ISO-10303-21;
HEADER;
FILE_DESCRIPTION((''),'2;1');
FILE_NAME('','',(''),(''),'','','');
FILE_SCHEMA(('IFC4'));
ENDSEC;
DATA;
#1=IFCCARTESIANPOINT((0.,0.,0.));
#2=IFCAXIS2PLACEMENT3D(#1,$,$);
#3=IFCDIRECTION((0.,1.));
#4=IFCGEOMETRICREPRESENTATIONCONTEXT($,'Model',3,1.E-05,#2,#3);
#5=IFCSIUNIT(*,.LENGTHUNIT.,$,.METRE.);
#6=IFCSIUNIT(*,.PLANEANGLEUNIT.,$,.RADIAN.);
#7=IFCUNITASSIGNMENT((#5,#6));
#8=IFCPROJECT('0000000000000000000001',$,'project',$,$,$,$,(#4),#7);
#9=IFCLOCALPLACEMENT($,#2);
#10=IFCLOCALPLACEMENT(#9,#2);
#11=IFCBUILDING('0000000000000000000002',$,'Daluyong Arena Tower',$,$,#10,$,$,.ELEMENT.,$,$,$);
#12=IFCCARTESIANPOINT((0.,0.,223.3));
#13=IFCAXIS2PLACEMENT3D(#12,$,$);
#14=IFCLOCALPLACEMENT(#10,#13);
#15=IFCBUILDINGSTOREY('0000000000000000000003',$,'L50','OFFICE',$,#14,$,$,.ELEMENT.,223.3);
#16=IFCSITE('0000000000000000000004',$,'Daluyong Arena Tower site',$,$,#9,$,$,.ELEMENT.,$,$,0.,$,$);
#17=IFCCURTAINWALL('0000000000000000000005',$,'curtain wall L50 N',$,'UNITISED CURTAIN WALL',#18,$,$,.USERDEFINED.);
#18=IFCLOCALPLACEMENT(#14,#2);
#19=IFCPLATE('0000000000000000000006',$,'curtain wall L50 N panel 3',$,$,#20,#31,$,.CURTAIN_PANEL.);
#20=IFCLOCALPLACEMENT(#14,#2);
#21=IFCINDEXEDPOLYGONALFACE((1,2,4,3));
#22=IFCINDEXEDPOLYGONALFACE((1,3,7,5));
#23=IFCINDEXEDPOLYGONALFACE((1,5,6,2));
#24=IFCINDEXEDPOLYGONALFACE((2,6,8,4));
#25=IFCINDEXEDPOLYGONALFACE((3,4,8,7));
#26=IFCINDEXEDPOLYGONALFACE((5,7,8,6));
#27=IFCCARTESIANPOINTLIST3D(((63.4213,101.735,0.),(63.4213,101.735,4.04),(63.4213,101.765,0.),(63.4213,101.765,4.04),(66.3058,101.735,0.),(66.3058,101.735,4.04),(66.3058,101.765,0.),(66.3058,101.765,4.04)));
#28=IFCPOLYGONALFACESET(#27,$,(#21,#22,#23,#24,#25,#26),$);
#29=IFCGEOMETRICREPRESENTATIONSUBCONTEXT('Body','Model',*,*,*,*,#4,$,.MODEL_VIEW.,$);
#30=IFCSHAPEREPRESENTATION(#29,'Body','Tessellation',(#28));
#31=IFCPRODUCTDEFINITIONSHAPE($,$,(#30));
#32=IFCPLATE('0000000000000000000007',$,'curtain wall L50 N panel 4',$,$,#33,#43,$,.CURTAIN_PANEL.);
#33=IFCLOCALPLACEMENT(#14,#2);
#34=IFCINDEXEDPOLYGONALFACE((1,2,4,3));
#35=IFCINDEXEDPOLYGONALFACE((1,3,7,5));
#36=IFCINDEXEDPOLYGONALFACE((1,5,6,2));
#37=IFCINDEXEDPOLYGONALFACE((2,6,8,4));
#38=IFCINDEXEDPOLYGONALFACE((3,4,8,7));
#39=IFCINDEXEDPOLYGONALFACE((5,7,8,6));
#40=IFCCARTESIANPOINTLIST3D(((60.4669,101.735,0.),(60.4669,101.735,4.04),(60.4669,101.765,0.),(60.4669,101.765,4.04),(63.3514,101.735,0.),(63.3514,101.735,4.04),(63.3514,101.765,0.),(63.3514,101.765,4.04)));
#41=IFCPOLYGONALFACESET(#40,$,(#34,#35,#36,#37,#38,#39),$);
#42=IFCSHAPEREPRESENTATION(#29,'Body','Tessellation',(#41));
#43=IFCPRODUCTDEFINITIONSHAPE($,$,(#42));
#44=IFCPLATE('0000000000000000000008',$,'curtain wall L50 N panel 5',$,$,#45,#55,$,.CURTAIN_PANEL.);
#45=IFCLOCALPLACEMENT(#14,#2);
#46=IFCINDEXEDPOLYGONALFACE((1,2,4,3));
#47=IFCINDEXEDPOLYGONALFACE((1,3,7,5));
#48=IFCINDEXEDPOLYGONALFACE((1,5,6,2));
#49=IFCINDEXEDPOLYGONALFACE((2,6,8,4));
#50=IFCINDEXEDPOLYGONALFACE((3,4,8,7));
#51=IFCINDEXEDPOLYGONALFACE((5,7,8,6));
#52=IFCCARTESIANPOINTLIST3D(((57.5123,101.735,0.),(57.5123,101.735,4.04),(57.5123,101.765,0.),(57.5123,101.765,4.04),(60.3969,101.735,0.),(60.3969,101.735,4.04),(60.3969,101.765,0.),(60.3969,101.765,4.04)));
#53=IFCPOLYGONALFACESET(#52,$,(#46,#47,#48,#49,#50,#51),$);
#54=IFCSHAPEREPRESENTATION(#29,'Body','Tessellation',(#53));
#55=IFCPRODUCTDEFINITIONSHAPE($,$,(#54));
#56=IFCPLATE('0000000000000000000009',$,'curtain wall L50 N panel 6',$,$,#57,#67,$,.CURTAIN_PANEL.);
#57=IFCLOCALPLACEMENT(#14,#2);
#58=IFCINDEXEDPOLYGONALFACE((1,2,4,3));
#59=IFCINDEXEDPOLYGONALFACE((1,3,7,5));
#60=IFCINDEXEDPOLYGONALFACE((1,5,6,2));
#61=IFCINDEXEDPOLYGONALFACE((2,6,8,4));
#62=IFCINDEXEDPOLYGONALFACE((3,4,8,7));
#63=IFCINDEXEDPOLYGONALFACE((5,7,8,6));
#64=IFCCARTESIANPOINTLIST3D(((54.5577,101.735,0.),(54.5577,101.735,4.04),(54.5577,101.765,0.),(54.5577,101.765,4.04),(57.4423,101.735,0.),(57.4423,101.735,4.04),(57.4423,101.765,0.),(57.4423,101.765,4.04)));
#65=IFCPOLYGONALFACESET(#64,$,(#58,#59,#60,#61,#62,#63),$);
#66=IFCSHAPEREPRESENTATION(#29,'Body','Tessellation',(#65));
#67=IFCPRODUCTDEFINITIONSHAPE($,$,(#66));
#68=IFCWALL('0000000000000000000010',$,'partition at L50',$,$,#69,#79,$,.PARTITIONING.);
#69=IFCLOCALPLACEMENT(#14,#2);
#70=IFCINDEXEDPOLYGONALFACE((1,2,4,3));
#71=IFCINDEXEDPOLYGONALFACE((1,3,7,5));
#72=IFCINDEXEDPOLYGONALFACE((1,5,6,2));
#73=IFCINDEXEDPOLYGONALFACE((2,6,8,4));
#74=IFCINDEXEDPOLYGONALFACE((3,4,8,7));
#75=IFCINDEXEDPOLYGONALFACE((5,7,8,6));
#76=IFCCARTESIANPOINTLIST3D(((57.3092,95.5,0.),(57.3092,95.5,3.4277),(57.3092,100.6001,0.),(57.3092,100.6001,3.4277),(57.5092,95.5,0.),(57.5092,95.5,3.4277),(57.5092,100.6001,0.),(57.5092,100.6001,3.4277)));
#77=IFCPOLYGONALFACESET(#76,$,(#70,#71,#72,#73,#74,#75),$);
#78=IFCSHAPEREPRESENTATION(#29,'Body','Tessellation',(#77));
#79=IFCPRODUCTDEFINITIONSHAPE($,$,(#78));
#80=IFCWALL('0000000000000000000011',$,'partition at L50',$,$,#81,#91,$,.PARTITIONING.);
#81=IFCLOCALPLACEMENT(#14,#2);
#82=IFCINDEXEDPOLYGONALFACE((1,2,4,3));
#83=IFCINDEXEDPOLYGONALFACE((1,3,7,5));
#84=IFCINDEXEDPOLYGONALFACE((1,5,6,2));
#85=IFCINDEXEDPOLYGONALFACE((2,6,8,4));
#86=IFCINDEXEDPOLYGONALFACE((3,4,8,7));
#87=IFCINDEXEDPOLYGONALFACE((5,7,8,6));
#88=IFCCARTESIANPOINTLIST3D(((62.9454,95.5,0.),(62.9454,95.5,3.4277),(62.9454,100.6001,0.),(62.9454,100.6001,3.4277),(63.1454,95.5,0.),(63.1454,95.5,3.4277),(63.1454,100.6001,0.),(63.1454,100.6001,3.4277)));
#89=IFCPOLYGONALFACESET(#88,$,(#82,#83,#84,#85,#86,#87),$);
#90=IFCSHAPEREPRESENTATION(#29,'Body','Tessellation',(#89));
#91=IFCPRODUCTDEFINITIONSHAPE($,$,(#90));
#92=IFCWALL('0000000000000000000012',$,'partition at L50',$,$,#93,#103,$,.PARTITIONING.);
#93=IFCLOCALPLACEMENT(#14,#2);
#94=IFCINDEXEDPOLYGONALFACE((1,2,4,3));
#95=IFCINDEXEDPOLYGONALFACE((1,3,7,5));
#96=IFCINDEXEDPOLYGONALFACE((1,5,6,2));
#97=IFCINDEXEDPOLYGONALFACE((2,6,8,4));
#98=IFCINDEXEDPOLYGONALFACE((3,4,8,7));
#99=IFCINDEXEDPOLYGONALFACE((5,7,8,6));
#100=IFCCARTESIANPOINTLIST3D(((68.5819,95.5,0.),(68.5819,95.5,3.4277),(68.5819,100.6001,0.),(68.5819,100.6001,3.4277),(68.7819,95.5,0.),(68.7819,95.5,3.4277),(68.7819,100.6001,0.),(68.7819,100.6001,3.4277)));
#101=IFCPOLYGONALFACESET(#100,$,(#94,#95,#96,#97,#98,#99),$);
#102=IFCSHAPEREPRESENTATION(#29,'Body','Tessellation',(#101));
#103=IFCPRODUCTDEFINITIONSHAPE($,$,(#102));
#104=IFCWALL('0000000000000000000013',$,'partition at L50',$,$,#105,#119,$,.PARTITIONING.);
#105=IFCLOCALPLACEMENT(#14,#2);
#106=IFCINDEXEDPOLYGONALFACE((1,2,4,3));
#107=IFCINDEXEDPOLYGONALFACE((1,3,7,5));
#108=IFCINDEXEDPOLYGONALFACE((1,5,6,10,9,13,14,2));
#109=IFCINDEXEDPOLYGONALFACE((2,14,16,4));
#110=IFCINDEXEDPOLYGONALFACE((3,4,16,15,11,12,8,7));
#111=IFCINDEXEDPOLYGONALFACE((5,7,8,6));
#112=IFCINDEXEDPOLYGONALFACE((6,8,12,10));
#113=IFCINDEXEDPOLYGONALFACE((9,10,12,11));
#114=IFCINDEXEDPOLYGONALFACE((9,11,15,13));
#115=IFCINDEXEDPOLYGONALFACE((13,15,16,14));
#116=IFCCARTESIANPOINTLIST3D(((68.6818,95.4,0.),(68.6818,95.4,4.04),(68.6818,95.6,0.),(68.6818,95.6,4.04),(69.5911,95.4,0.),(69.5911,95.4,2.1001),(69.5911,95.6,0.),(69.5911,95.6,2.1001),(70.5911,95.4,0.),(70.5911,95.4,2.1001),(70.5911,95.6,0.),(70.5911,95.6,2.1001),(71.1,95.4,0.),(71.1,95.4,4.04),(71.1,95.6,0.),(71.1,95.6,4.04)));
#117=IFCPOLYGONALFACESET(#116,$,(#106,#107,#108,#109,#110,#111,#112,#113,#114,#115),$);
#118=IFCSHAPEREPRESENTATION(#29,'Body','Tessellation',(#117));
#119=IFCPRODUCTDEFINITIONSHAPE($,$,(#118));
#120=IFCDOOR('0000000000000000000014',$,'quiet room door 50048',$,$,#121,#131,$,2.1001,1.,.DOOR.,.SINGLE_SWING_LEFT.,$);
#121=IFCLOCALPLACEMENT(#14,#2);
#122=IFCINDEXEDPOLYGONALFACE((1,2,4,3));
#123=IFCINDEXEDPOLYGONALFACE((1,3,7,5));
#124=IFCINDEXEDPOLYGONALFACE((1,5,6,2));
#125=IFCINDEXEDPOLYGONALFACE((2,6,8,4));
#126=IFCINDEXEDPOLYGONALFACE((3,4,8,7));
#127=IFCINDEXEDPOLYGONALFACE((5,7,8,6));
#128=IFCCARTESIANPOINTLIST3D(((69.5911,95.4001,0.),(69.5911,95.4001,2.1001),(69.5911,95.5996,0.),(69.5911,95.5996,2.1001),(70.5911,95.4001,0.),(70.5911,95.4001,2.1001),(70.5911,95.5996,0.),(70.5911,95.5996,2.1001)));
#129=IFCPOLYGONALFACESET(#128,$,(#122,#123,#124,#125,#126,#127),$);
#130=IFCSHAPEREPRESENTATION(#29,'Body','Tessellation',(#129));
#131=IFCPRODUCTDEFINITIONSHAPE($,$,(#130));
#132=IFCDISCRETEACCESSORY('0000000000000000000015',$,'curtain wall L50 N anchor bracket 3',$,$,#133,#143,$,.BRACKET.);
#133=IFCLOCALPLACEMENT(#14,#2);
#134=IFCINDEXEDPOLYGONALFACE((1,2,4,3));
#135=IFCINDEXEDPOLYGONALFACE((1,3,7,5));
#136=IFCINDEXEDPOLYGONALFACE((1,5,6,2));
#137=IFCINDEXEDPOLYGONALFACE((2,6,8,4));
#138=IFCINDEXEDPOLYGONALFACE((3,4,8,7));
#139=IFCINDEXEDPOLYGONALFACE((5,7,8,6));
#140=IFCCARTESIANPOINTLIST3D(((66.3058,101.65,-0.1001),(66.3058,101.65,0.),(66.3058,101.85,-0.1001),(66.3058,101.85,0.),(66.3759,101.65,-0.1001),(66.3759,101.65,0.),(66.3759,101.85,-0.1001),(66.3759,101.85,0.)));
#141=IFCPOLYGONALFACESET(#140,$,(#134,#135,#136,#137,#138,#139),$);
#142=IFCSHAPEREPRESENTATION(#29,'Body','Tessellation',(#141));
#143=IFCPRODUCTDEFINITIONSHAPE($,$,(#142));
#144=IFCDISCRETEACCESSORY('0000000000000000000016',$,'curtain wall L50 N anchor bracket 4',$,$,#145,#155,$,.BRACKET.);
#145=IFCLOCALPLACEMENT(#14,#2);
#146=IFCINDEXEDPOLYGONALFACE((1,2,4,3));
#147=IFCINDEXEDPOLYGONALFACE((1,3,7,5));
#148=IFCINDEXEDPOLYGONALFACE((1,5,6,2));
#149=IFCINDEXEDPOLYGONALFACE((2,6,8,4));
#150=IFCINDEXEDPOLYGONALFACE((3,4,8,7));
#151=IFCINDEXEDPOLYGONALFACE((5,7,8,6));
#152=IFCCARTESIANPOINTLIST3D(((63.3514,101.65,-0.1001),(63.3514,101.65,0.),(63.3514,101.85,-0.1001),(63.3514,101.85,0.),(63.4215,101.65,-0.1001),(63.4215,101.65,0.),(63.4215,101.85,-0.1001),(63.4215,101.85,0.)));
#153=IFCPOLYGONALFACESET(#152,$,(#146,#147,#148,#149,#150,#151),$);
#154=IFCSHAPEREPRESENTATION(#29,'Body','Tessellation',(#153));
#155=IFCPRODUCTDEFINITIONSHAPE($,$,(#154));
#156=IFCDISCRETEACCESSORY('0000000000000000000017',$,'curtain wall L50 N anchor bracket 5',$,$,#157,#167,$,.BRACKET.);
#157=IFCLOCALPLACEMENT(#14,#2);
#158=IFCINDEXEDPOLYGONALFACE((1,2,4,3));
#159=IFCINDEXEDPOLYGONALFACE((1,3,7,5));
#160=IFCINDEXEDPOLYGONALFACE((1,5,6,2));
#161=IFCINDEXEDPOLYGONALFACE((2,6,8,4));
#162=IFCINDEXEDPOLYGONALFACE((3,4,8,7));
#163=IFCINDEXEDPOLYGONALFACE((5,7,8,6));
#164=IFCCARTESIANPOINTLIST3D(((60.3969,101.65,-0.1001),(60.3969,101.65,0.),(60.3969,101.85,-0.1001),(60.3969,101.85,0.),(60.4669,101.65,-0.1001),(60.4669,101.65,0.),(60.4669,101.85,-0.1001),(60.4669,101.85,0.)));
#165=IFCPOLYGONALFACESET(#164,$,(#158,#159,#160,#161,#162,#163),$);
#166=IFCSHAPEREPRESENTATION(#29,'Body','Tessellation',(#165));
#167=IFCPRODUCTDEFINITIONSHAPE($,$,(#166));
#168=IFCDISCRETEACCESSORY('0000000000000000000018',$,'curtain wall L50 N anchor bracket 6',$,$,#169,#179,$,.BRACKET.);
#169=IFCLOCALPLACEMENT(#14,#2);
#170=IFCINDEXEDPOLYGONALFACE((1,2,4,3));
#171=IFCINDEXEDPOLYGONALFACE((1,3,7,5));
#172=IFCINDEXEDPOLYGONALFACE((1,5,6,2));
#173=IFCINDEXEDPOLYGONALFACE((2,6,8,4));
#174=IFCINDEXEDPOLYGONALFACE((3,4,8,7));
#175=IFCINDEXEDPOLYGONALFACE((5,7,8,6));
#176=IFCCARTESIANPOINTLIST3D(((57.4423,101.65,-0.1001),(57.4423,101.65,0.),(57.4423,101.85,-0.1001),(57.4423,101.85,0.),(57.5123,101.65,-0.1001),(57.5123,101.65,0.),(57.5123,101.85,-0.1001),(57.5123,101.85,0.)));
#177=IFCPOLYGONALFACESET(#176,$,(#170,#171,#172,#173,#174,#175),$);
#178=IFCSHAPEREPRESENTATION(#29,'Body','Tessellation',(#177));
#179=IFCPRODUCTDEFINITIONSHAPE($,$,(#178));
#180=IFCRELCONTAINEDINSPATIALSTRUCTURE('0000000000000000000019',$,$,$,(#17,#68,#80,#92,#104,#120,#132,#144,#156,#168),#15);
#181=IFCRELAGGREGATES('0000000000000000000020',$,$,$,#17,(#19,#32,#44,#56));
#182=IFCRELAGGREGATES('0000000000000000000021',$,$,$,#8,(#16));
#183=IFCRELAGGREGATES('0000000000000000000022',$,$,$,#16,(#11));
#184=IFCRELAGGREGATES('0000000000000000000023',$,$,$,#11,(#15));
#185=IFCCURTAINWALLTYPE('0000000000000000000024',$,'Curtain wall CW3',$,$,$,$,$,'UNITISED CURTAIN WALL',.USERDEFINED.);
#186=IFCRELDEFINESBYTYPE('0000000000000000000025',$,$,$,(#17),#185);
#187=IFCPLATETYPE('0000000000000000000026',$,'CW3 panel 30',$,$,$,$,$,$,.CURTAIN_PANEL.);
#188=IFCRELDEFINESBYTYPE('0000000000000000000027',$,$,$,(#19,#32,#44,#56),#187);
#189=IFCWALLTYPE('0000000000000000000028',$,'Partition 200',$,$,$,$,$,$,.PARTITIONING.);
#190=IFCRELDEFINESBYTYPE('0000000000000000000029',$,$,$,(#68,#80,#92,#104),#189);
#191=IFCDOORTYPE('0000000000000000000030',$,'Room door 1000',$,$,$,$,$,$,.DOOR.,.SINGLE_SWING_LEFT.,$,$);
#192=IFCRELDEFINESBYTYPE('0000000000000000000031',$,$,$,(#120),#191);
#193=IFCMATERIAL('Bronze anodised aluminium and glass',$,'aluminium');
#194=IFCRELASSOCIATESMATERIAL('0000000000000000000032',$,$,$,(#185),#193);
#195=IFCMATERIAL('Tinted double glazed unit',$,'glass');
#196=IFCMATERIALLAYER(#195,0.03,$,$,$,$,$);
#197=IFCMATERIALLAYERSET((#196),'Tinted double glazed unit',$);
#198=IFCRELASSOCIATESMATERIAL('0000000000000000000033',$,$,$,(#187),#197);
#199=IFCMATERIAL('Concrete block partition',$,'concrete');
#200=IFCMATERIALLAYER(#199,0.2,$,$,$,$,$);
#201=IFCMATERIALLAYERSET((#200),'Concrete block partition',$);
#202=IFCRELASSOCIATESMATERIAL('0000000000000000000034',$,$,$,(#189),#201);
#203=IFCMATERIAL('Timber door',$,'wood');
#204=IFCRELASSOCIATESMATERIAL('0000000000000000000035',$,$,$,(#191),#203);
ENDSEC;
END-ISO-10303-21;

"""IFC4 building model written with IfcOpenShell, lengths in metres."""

from ifc_helpers import new_model, si_unit, direction, frame, frame_2d, origin, origin_2d, place, context, subcontext, project, spatial, rectangle, extrude, material, layer, layer_set, type_object, element, fill, aggregate, save


model = new_model("IFC4")

# Units and contexts
model_context = context("Model", 3, precision=1e-05, world=origin(), true_north=direction((0.0, 1.0)))
body_context = subcontext(model_context, "Body", "Model", "MODEL_VIEW")
ifc_project = project(units=[si_unit("LENGTHUNIT", "METRE"), si_unit("PLANEANGLEUNIT", "RADIAN")], contexts=[model_context])

# Site, building, storey
site_placement = place(None, origin())
site = spatial("IfcSite", under=ifc_project, at=site_placement, Name="Daluyong Arena Tower site", CompositionType="ELEMENT", RefElevation=0.0)
building_placement = place(site_placement, origin())
building = spatial("IfcBuilding", under=site, at=building_placement, Name="Daluyong Arena Tower", CompositionType="ELEMENT")
storey_placement = place(building_placement, frame((0.0, 0.0, 223.3)))
storey = spatial("IfcBuildingStorey", under=building, at=storey_placement, Name="L50", Description="OFFICE", CompositionType="ELEMENT", Elevation=223.3)

# Curtain wall
ifc_material_1 = material(Name="Bronze anodised aluminium and glass", Category="aluminium")
curtain_wall_type = type_object("IfcCurtainWallType", Name="Curtain wall CW3", ElementType="UNITISED CURTAIN WALL", PredefinedType="USERDEFINED", material=ifc_material_1)
curtain_wall_placement = place(storey_placement, origin())
curtain_wall = element("IfcCurtainWall", 1, at=curtain_wall_placement, inside=storey, type_object=curtain_wall_type, Name="curtain wall L50 N", ObjectType="UNITISED CURTAIN WALL", PredefinedType="USERDEFINED")

# Plates
ifc_material_2 = material(Name="Tinted double glazed unit", Category="glass")
ifc_layer_1 = layer(ifc_material_2, 0.03)
ifc_layer_set_1 = layer_set([ifc_layer_1], Name="Tinted double glazed unit")
plate_type = type_object("IfcPlateType", Name="CW3 panel 30", PredefinedType="CURTAIN_PANEL", material=ifc_layer_set_1)
plate_1_placement = place(storey_placement, frame((64.8635, 101.75, 0.0), z_axis=(0.0, 0.0, 1.0), x_axis=(-1.0, 0.0, 0.0)))
plate_1 = element("IfcPlate", 2, at=plate_1_placement, type_object=plate_type, Name="curtain wall L50 N panel 3", PredefinedType="CURTAIN_PANEL", context=body_context, shape_type="SweptSolid", body=[
    extrude(rectangle(XDim=2.8845, YDim=0.03, at=origin_2d()), origin(), (0.0, 0.0, 1.0), 4.04),
])
plate_2_placement = place(storey_placement, frame((61.9092, 101.75, 0.0), z_axis=(0.0, 0.0, 1.0), x_axis=(-1.0, 0.0, 0.0)))
plate_2 = element("IfcPlate", 3, at=plate_2_placement, type_object=plate_type, Name="curtain wall L50 N panel 4", PredefinedType="CURTAIN_PANEL", context=body_context, shape_type="SweptSolid", body=[
    extrude(rectangle(XDim=2.8845, YDim=0.03, at=origin_2d()), origin(), (0.0, 0.0, 1.0), 4.04),
])
plate_3_placement = place(storey_placement, frame((58.9546, 101.75, 0.0), z_axis=(0.0, 0.0, 1.0), x_axis=(-1.0, 0.0, 0.0)))
plate_3 = element("IfcPlate", 4, at=plate_3_placement, type_object=plate_type, Name="curtain wall L50 N panel 5", PredefinedType="CURTAIN_PANEL", context=body_context, shape_type="SweptSolid", body=[
    extrude(rectangle(XDim=2.8845, YDim=0.03, at=origin_2d()), origin(), (0.0, 0.0, 1.0), 4.04),
])
plate_4_placement = place(storey_placement, frame((56.0, 101.75, 0.0), z_axis=(0.0, 0.0, 1.0), x_axis=(-1.0, 0.0, 0.0)))
plate_4 = element("IfcPlate", 5, at=plate_4_placement, type_object=plate_type, Name="curtain wall L50 N panel 6", PredefinedType="CURTAIN_PANEL", context=body_context, shape_type="SweptSolid", body=[
    extrude(rectangle(XDim=2.8845, YDim=0.03, at=origin_2d()), origin(), (0.0, 0.0, 1.0), 4.04),
])
aggregate(curtain_wall, [plate_1, plate_2, plate_3, plate_4])

# Walls
ifc_material_3 = material(Name="Concrete block partition", Category="concrete")
ifc_layer_2 = layer(ifc_material_3, 0.2)
ifc_layer_set_2 = layer_set([ifc_layer_2], Name="Concrete block partition")
wall_type = type_object("IfcWallType", Name="Partition 200", PredefinedType="PARTITIONING", material=ifc_layer_set_2)
for number, where, z_axis, x_axis, name in (
    (6, (57.4092, 95.5, 0.0), (0.0, 0.0, 1.0), (0.0, 1.0, 0.0), "partition at L50"),
    (7, (63.0454, 95.5, 0.0), (0.0, 0.0, 1.0), (0.0, 1.0, 0.0), "partition at L50"),
    (8, (68.6819, 95.5, 0.0), (0.0, 0.0, 1.0), (0.0, 1.0, 0.0), "partition at L50"),
):
    element("IfcWall", number, at=place(storey_placement, frame(where, z_axis=z_axis, x_axis=x_axis)), inside=storey, type_object=wall_type, Name=name, PredefinedType="PARTITIONING", context=body_context, shape_type="SweptSolid", body=[
        extrude(rectangle(XDim=5.1001, YDim=0.2, at=frame_2d((2.55, 0.0))), origin(), (0.0, 0.0, 1.0), 3.4277),
    ])

# Wall, opening, door
wall_placement = place(storey_placement, frame((68.6819, 95.5, 0.0), z_axis=(0.0, 0.0, 1.0), x_axis=(1.0, 0.0, 0.0)))
wall = element("IfcWall", 9, at=wall_placement, inside=storey, type_object=wall_type, Name="partition at L50", PredefinedType="PARTITIONING", context=body_context, shape_type="SweptSolid", body=[
    extrude(rectangle(XDim=2.4182, YDim=0.2, at=frame_2d((1.209, 0.0))), origin(), (0.0, 0.0, 1.0), 4.04),
])
opening_placement = place(wall_placement, frame((0.9092, 0.0, 0.0)))
opening = element("IfcOpeningElement", 10, at=opening_placement, cuts=wall, PredefinedType="OPENING", context=body_context, shape_type="SweptSolid", body=[
    extrude(rectangle(XDim=1.0, YDim=2.1001, at=frame_2d((0.5, 1.05))), frame((0.0, 0.1099, 0.0), z_axis=(0.0, -1.0, 0.0), x_axis=(1.0, 0.0, 0.0)), (0.0, 0.0, 1.0), 0.22),
])
ifc_material_4 = material(Name="Timber door", Category="wood")
door_type = type_object("IfcDoorType", Name="Room door 1000", OperationType="SINGLE_SWING_LEFT", PredefinedType="DOOR", material=ifc_material_4)
door_placement = place(opening_placement, origin())
door = element("IfcDoor", 11, at=door_placement, inside=storey, type_object=door_type, Name="quiet room door 50048", OperationType="SINGLE_SWING_LEFT", OverallHeight=2.1001, OverallWidth=1.0, PredefinedType="DOOR", context=body_context, shape_type="SweptSolid", body=[
    extrude(rectangle(XDim=1.0, YDim=2.1001, at=frame_2d((0.5, 1.05))), frame((0.0, 0.0996, 0.0), z_axis=(0.0, -1.0, 0.0), x_axis=(1.0, 0.0, 0.0)), (0.0, 0.0, 1.0), 0.1995),
])
fill(opening, door)

# Discrete accessories
for number, where, z_axis, x_axis, name in (
    (12, (66.3408, 101.75, -0.1001), (0.0, 0.0, 1.0), (-1.0, 0.0, 0.0), "curtain wall L50 N anchor bracket 3"),
    (13, (63.3865, 101.75, -0.1001), (0.0, 0.0, 1.0), (-1.0, 0.0, 0.0), "curtain wall L50 N anchor bracket 4"),
    (14, (60.4319, 101.75, -0.1001), (0.0, 0.0, 1.0), (-1.0, 0.0, 0.0), "curtain wall L50 N anchor bracket 5"),
    (15, (57.4773, 101.75, -0.1001), (0.0, 0.0, 1.0), (-1.0, 0.0, 0.0), "curtain wall L50 N anchor bracket 6"),
):
    element("IfcDiscreteAccessory", number, at=place(storey_placement, frame(where, z_axis=z_axis, x_axis=x_axis)), inside=storey, Name=name, PredefinedType="BRACKET", context=body_context, shape_type="SweptSolid", body=[
        extrude(rectangle(XDim=0.0701, YDim=0.2, at=origin_2d()), origin(), (0.0, 0.0, 1.0), 0.1001),
    ])

save(model, "model.ifc")
